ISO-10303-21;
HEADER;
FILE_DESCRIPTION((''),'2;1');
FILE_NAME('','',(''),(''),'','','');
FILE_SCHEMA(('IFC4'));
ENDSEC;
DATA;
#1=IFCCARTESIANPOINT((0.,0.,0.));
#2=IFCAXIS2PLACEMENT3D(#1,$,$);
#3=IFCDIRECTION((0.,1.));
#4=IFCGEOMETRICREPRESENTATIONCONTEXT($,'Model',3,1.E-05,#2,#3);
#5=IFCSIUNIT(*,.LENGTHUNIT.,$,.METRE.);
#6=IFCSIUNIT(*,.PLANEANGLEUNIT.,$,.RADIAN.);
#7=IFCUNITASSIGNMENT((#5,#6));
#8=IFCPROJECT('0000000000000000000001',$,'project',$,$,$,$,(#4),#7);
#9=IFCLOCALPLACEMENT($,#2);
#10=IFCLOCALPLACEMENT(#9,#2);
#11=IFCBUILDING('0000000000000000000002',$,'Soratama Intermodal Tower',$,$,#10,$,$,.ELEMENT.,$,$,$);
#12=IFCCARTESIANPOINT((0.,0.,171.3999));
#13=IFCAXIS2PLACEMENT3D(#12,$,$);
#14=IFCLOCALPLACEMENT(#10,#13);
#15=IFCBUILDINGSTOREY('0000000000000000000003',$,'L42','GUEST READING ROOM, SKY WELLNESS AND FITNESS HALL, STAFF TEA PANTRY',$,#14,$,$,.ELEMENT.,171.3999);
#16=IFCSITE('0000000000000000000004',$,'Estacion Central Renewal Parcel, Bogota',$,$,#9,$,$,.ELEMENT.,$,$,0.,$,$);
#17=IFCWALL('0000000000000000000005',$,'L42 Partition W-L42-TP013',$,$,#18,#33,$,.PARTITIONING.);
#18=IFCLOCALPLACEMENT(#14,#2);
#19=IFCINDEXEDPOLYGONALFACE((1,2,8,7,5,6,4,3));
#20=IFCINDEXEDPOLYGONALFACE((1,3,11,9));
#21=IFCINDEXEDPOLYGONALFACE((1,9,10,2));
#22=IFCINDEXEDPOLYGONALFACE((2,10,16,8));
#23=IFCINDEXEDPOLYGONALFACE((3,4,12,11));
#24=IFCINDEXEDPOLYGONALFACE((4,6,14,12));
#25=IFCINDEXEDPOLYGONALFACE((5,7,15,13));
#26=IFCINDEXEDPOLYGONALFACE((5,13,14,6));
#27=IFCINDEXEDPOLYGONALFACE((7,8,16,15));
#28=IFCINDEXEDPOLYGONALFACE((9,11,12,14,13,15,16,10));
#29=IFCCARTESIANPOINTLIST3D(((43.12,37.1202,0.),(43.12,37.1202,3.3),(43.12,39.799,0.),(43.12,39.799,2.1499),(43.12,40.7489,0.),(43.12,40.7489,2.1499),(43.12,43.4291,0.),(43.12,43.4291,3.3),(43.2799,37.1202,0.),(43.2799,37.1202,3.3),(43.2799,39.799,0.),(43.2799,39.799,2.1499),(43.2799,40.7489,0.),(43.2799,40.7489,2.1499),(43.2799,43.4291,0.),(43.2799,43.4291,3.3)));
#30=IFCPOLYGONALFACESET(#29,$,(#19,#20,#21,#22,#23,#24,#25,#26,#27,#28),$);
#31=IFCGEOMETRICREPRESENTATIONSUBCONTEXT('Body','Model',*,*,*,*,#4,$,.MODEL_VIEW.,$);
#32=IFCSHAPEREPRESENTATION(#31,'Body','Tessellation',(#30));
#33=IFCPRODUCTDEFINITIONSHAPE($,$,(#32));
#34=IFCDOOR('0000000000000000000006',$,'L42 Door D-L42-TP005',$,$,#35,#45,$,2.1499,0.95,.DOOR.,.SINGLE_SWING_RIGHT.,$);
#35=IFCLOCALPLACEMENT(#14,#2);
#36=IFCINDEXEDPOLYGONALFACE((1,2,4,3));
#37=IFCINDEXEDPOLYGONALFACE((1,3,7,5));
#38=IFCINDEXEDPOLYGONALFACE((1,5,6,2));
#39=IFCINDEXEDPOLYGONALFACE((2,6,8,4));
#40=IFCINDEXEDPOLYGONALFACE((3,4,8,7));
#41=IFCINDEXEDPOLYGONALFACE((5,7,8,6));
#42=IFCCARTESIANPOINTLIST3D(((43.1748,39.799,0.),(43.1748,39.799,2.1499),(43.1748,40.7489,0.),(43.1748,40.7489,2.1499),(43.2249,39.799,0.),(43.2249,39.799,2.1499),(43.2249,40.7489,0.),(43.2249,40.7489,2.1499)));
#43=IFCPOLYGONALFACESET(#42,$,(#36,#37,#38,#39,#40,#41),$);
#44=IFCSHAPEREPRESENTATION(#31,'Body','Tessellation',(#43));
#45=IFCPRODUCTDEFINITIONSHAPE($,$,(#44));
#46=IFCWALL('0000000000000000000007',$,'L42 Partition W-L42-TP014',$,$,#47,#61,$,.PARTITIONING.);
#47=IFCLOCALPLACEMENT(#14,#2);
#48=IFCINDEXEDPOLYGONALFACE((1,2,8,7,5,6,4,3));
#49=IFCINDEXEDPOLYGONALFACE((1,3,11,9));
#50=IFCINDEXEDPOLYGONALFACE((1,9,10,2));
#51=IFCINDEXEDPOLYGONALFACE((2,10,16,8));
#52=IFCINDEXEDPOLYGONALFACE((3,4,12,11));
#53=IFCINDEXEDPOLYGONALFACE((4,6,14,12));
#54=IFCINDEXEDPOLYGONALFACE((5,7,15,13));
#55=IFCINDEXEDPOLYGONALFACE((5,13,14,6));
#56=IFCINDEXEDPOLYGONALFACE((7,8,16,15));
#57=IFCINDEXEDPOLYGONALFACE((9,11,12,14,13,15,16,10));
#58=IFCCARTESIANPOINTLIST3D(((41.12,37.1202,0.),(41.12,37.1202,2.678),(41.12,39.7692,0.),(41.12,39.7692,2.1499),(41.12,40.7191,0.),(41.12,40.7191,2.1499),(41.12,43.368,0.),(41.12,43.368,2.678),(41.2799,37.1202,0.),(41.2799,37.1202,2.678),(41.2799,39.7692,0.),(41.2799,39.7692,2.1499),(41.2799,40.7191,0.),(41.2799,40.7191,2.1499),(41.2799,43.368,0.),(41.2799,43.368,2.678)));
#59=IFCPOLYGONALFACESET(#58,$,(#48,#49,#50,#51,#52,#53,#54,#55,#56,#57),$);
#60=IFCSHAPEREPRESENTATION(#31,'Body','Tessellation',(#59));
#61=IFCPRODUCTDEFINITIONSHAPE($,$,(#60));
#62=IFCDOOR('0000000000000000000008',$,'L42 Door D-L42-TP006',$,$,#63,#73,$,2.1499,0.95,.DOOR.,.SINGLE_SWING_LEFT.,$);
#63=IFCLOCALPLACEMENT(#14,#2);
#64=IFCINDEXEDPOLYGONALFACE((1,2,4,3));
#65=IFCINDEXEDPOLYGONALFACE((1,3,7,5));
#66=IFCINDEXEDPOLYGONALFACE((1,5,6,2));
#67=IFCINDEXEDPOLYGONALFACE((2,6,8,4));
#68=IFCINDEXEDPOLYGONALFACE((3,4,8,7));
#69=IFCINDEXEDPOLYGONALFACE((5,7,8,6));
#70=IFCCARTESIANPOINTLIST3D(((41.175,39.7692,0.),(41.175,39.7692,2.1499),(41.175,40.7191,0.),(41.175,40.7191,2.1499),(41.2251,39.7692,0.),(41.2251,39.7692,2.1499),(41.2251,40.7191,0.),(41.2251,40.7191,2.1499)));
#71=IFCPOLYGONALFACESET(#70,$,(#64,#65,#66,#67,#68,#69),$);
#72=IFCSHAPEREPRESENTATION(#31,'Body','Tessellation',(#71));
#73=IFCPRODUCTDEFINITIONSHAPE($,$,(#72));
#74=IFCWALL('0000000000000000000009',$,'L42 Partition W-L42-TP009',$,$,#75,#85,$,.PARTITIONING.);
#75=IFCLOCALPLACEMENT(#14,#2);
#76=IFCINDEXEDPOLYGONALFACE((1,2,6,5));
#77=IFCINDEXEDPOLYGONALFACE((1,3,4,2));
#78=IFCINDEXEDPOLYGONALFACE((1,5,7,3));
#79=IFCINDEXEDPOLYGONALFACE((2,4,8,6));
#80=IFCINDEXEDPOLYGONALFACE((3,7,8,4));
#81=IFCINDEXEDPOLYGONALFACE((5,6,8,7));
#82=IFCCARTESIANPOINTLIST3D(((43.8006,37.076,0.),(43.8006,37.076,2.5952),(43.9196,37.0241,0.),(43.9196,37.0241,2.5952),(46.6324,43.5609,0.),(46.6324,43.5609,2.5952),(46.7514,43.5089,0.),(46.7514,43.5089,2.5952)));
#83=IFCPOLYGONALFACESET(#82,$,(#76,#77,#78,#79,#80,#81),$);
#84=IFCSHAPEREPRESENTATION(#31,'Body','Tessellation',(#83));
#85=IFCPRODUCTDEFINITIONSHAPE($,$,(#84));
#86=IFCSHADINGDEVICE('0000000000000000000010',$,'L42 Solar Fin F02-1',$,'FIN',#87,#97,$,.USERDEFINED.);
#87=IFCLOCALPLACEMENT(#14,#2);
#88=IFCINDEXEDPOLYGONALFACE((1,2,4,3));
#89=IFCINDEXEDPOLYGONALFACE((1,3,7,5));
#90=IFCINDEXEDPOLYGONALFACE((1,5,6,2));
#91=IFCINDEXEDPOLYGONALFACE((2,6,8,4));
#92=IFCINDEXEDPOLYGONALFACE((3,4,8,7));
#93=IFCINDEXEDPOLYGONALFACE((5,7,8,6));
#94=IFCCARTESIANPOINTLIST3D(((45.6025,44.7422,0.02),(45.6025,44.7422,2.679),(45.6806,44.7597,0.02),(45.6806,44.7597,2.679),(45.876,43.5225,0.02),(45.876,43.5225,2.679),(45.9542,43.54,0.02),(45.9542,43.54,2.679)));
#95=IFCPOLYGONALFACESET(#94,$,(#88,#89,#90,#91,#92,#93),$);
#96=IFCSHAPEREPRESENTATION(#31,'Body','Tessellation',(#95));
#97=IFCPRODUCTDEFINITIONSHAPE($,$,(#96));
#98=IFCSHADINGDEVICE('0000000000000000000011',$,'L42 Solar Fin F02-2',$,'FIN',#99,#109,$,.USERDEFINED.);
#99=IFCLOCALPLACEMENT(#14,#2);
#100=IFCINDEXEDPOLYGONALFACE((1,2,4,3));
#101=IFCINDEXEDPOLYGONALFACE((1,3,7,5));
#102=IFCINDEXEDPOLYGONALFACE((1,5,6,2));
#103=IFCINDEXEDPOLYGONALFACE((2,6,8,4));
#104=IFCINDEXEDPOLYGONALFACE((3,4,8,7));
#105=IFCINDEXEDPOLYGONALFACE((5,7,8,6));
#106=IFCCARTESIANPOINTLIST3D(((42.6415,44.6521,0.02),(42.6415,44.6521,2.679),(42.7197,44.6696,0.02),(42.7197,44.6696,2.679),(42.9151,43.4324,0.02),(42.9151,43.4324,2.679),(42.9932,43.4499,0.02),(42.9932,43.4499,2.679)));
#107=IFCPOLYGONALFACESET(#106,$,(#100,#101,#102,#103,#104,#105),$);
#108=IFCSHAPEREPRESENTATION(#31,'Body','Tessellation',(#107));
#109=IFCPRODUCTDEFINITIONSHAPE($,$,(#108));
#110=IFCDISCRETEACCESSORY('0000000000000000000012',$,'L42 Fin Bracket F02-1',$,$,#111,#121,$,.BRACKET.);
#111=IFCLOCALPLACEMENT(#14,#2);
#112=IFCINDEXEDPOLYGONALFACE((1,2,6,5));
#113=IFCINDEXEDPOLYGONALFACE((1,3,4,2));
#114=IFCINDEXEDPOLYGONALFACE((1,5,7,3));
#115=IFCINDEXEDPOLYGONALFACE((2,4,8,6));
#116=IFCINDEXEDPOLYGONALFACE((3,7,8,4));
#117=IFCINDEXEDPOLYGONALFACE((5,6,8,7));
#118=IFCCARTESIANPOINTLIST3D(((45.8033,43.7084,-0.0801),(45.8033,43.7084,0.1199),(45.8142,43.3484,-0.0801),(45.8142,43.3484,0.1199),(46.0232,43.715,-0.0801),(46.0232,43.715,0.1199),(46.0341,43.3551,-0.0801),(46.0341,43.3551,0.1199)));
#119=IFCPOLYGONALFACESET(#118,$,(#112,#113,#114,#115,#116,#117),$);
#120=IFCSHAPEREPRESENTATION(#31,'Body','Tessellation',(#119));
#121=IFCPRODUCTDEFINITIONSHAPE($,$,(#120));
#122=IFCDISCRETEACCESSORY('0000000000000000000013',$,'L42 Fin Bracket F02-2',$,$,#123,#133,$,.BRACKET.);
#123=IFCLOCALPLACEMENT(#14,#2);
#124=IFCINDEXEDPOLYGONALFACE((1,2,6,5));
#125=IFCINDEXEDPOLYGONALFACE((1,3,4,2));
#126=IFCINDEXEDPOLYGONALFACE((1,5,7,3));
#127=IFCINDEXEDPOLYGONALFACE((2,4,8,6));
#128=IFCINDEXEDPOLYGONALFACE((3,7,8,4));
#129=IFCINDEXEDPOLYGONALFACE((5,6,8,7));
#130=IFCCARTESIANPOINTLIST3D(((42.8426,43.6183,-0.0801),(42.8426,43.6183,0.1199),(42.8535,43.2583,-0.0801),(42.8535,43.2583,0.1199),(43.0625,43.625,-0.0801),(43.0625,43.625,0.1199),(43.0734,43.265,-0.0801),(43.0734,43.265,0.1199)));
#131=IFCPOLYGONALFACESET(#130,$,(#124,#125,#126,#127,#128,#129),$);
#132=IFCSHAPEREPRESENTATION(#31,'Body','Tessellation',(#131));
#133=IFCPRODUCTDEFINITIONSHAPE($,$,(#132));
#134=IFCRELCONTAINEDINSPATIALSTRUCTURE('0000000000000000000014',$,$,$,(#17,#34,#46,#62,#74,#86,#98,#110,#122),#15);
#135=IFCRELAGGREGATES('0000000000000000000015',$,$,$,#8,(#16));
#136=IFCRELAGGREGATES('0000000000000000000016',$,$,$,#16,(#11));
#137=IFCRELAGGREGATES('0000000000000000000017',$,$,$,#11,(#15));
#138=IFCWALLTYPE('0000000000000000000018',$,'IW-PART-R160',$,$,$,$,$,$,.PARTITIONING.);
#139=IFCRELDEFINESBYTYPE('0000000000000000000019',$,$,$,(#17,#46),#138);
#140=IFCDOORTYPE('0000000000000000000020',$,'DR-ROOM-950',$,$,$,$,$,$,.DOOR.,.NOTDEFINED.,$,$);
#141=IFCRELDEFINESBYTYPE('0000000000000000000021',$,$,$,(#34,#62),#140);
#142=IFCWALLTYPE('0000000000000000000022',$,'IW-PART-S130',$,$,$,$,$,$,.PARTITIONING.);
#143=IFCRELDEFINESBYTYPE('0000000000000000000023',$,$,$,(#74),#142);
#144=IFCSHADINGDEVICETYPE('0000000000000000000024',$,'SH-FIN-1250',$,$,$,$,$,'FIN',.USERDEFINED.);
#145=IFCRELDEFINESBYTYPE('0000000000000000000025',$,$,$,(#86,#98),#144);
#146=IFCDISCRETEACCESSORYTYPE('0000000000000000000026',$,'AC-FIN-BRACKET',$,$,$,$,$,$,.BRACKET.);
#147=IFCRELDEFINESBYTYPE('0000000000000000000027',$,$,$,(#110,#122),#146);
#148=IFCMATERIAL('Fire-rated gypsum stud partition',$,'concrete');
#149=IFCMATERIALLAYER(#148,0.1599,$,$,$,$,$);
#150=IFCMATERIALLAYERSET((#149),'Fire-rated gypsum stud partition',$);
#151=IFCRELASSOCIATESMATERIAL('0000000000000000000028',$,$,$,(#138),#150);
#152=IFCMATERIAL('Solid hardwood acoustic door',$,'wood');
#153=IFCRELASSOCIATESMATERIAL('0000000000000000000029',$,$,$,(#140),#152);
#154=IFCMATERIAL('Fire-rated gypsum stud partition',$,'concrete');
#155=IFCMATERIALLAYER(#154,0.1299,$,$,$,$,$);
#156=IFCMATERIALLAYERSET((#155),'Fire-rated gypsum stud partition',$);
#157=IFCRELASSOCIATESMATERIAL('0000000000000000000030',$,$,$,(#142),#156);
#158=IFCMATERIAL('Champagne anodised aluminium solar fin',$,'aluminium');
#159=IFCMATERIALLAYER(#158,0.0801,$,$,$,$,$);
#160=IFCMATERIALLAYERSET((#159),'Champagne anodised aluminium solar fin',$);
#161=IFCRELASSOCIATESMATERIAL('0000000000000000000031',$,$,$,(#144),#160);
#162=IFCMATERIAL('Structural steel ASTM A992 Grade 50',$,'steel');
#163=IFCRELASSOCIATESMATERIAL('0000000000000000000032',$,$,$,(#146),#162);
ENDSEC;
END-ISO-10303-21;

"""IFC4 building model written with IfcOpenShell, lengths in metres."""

from ifc_helpers import new_model, si_unit, direction, frame, frame_2d, origin, origin_2d, place, context, subcontext, project, spatial, rectangle, extrude, material, layer, layer_set, type_object, element, fill, save


model = new_model("IFC4")

# Units and contexts
model_context = context("Model", 3, precision=1e-05, world=origin(), true_north=direction((0.0, 1.0)))
body_context = subcontext(model_context, "Body", "Model", "MODEL_VIEW")
ifc_project = project(units=[si_unit("LENGTHUNIT", "METRE"), si_unit("PLANEANGLEUNIT", "RADIAN")], contexts=[model_context])

# Site, building, storey
site_placement = place(None, origin())
site = spatial("IfcSite", under=ifc_project, at=site_placement, Name="Estacion Central Renewal Parcel, Bogota", CompositionType="ELEMENT", RefElevation=0.0)
building_placement = place(site_placement, origin())
building = spatial("IfcBuilding", under=site, at=building_placement, Name="Soratama Intermodal Tower", CompositionType="ELEMENT")
storey_placement = place(building_placement, frame((0.0, 0.0, 171.3999)))
storey = spatial("IfcBuildingStorey", under=building, at=storey_placement, Name="L42", Description="GUEST READING ROOM, SKY WELLNESS AND FITNESS HALL, STAFF TEA PANTRY", CompositionType="ELEMENT", Elevation=171.3999)

# Walls, openings, doors
ifc_material_1 = material(Name="Fire-rated gypsum stud partition", Category="concrete")
ifc_layer_1 = layer(ifc_material_1, 0.1599)
ifc_layer_set_1 = layer_set([ifc_layer_1], Name="Fire-rated gypsum stud partition")
wall_type_1 = type_object("IfcWallType", Name="IW-PART-R160", PredefinedType="PARTITIONING", material=ifc_layer_set_1)
wall_1_placement = place(storey_placement, frame((43.2, 43.429, 0.0), z_axis=(0.0, 0.0, 1.0), x_axis=(0.0, -1.0, 0.0)))
wall_1 = element("IfcWall", 1, at=wall_1_placement, inside=storey, type_object=wall_type_1, Name="L42 Partition W-L42-TP013", PredefinedType="PARTITIONING", context=body_context, shape_type="SweptSolid", body=[
    extrude(rectangle(XDim=6.3088, YDim=0.1599, at=frame_2d((3.1543, 0.0))), origin(), (0.0, 0.0, 1.0), 3.3),
])
opening_1_placement = place(wall_1_placement, frame((2.6799, 0.0, 0.0)))
opening_1 = element("IfcOpeningElement", 2, at=opening_1_placement, cuts=wall_1, PredefinedType="OPENING", context=body_context, shape_type="SweptSolid", body=[
    extrude(rectangle(XDim=0.95, YDim=2.1499, at=frame_2d((0.4751, 1.075))), frame((0.0, 0.0898, 0.0), z_axis=(0.0, -1.0, 0.0), x_axis=(1.0, 0.0, 0.0)), (0.0, 0.0, 1.0), 0.1799),
])
ifc_material_2 = material(Name="Solid hardwood acoustic door", Category="wood")
door_type = type_object("IfcDoorType", Name="DR-ROOM-950", OperationType="NOTDEFINED", PredefinedType="DOOR", material=ifc_material_2)
door_1_placement = place(opening_1_placement, origin())
door_1 = element("IfcDoor", 3, at=door_1_placement, inside=storey, type_object=door_type, Name="L42 Door D-L42-TP005", OperationType="SINGLE_SWING_RIGHT", OverallHeight=2.1499, OverallWidth=0.95, PredefinedType="DOOR", context=body_context, shape_type="SweptSolid", body=[
    extrude(rectangle(XDim=0.95, YDim=2.1499, at=frame_2d((0.4751, 1.075))), frame((0.0, 0.0249, 0.0), z_axis=(0.0, -1.0, 0.0), x_axis=(1.0, 0.0, 0.0)), (0.0, 0.0, 1.0), 0.05),
])
fill(opening_1, door_1)
wall_2_placement = place(storey_placement, frame((41.2, 37.1201, 0.0), z_axis=(0.0, 0.0, 1.0), x_axis=(0.0, 1.0, 0.0)))
wall_2 = element("IfcWall", 4, at=wall_2_placement, inside=storey, type_object=wall_type_1, Name="L42 Partition W-L42-TP014", PredefinedType="PARTITIONING", context=body_context, shape_type="SweptSolid", body=[
    extrude(rectangle(XDim=6.2478, YDim=0.1599, at=frame_2d((3.124, 0.0))), origin(), (0.0, 0.0, 1.0), 2.678),
])
opening_2_placement = place(wall_2_placement, frame((2.6489, 0.0, 0.0)))
opening_2 = element("IfcOpeningElement", 5, at=opening_2_placement, cuts=wall_2, PredefinedType="OPENING", context=body_context, shape_type="SweptSolid", body=[
    extrude(rectangle(XDim=0.95, YDim=2.1499, at=frame_2d((0.4751, 1.075))), frame((0.0, 0.0898, 0.0), z_axis=(0.0, -1.0, 0.0), x_axis=(1.0, 0.0, 0.0)), (0.0, 0.0, 1.0), 0.1799),
])
door_2_placement = place(opening_2_placement, origin())
door_2 = element("IfcDoor", 6, at=door_2_placement, inside=storey, type_object=door_type, Name="L42 Door D-L42-TP006", OperationType="SINGLE_SWING_LEFT", OverallHeight=2.1499, OverallWidth=0.95, PredefinedType="DOOR", context=body_context, shape_type="SweptSolid", body=[
    extrude(rectangle(XDim=0.95, YDim=2.1499, at=frame_2d((0.4751, 1.075))), frame((0.0, 0.0249, 0.0), z_axis=(0.0, -1.0, 0.0), x_axis=(1.0, 0.0, 0.0)), (0.0, 0.0, 1.0), 0.05),
])
fill(opening_2, door_2)

# Wall
ifc_material_3 = material(Name="Fire-rated gypsum stud partition", Category="concrete")
ifc_layer_2 = layer(ifc_material_3, 0.1299)
ifc_layer_set_2 = layer_set([ifc_layer_2], Name="Fire-rated gypsum stud partition")
wall_type_2 = type_object("IfcWallType", Name="IW-PART-S130", PredefinedType="PARTITIONING", material=ifc_layer_set_2)
wall_3_placement = place(storey_placement, frame((43.8601, 37.05, 0.0), z_axis=(0.0, 0.0, 1.0), x_axis=(0.400185, 0.916434, 0.0)))
element("IfcWall", 7, at=wall_3_placement, inside=storey, type_object=wall_type_2, Name="L42 Partition W-L42-TP009", PredefinedType="PARTITIONING", context=body_context, shape_type="SweptSolid", body=[
    extrude(rectangle(XDim=7.0762, YDim=0.1299, at=frame_2d((3.5381, 0.0))), origin(), (0.0, 0.0, 1.0), 2.5952),
])

# Shading devices
ifc_material_4 = material(Name="Champagne anodised aluminium solar fin", Category="aluminium")
ifc_layer_3 = layer(ifc_material_4, 0.0801)
ifc_layer_set_3 = layer_set([ifc_layer_3], Name="Champagne anodised aluminium solar fin")
shading_device_type = type_object("IfcShadingDeviceType", Name="SH-FIN-1250", ElementType="FIN", PredefinedType="USERDEFINED", material=ifc_layer_set_3)
for number, where, z_axis, x_axis, name in (
    (8, (45.7783, 44.1411, 0.02), (0.0, 0.0, 1.0), (-0.218825, 0.975764, 0.0), "L42 Solar Fin F02-1"),
    (9, (42.8174, 44.051, 0.02), (0.0, 0.0, 1.0), (-0.218825, 0.975764, 0.0), "L42 Solar Fin F02-2"),
):
    element("IfcShadingDevice", number, at=place(storey_placement, frame(where, z_axis=z_axis, x_axis=x_axis)), inside=storey, type_object=shading_device_type, Name=name, ObjectType="FIN", PredefinedType="USERDEFINED", context=body_context, shape_type="SweptSolid", body=[
        extrude(rectangle(XDim=1.25, YDim=0.0801, at=origin_2d()), origin(), (0.0, 0.0, 1.0), 2.6589),
    ])

# Discrete accessories
ifc_material_5 = material(Name="Structural steel ASTM A992 Grade 50", Category="steel")
discrete_accessory_type = type_object("IfcDiscreteAccessoryType", Name="AC-FIN-BRACKET", PredefinedType="BRACKET", material=ifc_material_5)
for number, where, z_axis, x_axis, name in (
    (10, (45.9187, 43.5317, -0.0801), (0.0, 0.0, 1.0), (-0.030364, 0.999539, 0.0), "L42 Fin Bracket F02-1"),
    (11, (42.958, 43.4417, -0.0801), (0.0, 0.0, 1.0), (-0.030364, 0.999539, 0.0), "L42 Fin Bracket F02-2"),
):
    element("IfcDiscreteAccessory", number, at=place(storey_placement, frame(where, z_axis=z_axis, x_axis=x_axis)), inside=storey, type_object=discrete_accessory_type, Name=name, PredefinedType="BRACKET", context=body_context, shape_type="SweptSolid", body=[
        extrude(rectangle(XDim=0.3601, YDim=0.22, at=origin_2d()), origin(), (0.0, 0.0, 1.0), 0.2),
    ])

save(model, "model.ifc")
